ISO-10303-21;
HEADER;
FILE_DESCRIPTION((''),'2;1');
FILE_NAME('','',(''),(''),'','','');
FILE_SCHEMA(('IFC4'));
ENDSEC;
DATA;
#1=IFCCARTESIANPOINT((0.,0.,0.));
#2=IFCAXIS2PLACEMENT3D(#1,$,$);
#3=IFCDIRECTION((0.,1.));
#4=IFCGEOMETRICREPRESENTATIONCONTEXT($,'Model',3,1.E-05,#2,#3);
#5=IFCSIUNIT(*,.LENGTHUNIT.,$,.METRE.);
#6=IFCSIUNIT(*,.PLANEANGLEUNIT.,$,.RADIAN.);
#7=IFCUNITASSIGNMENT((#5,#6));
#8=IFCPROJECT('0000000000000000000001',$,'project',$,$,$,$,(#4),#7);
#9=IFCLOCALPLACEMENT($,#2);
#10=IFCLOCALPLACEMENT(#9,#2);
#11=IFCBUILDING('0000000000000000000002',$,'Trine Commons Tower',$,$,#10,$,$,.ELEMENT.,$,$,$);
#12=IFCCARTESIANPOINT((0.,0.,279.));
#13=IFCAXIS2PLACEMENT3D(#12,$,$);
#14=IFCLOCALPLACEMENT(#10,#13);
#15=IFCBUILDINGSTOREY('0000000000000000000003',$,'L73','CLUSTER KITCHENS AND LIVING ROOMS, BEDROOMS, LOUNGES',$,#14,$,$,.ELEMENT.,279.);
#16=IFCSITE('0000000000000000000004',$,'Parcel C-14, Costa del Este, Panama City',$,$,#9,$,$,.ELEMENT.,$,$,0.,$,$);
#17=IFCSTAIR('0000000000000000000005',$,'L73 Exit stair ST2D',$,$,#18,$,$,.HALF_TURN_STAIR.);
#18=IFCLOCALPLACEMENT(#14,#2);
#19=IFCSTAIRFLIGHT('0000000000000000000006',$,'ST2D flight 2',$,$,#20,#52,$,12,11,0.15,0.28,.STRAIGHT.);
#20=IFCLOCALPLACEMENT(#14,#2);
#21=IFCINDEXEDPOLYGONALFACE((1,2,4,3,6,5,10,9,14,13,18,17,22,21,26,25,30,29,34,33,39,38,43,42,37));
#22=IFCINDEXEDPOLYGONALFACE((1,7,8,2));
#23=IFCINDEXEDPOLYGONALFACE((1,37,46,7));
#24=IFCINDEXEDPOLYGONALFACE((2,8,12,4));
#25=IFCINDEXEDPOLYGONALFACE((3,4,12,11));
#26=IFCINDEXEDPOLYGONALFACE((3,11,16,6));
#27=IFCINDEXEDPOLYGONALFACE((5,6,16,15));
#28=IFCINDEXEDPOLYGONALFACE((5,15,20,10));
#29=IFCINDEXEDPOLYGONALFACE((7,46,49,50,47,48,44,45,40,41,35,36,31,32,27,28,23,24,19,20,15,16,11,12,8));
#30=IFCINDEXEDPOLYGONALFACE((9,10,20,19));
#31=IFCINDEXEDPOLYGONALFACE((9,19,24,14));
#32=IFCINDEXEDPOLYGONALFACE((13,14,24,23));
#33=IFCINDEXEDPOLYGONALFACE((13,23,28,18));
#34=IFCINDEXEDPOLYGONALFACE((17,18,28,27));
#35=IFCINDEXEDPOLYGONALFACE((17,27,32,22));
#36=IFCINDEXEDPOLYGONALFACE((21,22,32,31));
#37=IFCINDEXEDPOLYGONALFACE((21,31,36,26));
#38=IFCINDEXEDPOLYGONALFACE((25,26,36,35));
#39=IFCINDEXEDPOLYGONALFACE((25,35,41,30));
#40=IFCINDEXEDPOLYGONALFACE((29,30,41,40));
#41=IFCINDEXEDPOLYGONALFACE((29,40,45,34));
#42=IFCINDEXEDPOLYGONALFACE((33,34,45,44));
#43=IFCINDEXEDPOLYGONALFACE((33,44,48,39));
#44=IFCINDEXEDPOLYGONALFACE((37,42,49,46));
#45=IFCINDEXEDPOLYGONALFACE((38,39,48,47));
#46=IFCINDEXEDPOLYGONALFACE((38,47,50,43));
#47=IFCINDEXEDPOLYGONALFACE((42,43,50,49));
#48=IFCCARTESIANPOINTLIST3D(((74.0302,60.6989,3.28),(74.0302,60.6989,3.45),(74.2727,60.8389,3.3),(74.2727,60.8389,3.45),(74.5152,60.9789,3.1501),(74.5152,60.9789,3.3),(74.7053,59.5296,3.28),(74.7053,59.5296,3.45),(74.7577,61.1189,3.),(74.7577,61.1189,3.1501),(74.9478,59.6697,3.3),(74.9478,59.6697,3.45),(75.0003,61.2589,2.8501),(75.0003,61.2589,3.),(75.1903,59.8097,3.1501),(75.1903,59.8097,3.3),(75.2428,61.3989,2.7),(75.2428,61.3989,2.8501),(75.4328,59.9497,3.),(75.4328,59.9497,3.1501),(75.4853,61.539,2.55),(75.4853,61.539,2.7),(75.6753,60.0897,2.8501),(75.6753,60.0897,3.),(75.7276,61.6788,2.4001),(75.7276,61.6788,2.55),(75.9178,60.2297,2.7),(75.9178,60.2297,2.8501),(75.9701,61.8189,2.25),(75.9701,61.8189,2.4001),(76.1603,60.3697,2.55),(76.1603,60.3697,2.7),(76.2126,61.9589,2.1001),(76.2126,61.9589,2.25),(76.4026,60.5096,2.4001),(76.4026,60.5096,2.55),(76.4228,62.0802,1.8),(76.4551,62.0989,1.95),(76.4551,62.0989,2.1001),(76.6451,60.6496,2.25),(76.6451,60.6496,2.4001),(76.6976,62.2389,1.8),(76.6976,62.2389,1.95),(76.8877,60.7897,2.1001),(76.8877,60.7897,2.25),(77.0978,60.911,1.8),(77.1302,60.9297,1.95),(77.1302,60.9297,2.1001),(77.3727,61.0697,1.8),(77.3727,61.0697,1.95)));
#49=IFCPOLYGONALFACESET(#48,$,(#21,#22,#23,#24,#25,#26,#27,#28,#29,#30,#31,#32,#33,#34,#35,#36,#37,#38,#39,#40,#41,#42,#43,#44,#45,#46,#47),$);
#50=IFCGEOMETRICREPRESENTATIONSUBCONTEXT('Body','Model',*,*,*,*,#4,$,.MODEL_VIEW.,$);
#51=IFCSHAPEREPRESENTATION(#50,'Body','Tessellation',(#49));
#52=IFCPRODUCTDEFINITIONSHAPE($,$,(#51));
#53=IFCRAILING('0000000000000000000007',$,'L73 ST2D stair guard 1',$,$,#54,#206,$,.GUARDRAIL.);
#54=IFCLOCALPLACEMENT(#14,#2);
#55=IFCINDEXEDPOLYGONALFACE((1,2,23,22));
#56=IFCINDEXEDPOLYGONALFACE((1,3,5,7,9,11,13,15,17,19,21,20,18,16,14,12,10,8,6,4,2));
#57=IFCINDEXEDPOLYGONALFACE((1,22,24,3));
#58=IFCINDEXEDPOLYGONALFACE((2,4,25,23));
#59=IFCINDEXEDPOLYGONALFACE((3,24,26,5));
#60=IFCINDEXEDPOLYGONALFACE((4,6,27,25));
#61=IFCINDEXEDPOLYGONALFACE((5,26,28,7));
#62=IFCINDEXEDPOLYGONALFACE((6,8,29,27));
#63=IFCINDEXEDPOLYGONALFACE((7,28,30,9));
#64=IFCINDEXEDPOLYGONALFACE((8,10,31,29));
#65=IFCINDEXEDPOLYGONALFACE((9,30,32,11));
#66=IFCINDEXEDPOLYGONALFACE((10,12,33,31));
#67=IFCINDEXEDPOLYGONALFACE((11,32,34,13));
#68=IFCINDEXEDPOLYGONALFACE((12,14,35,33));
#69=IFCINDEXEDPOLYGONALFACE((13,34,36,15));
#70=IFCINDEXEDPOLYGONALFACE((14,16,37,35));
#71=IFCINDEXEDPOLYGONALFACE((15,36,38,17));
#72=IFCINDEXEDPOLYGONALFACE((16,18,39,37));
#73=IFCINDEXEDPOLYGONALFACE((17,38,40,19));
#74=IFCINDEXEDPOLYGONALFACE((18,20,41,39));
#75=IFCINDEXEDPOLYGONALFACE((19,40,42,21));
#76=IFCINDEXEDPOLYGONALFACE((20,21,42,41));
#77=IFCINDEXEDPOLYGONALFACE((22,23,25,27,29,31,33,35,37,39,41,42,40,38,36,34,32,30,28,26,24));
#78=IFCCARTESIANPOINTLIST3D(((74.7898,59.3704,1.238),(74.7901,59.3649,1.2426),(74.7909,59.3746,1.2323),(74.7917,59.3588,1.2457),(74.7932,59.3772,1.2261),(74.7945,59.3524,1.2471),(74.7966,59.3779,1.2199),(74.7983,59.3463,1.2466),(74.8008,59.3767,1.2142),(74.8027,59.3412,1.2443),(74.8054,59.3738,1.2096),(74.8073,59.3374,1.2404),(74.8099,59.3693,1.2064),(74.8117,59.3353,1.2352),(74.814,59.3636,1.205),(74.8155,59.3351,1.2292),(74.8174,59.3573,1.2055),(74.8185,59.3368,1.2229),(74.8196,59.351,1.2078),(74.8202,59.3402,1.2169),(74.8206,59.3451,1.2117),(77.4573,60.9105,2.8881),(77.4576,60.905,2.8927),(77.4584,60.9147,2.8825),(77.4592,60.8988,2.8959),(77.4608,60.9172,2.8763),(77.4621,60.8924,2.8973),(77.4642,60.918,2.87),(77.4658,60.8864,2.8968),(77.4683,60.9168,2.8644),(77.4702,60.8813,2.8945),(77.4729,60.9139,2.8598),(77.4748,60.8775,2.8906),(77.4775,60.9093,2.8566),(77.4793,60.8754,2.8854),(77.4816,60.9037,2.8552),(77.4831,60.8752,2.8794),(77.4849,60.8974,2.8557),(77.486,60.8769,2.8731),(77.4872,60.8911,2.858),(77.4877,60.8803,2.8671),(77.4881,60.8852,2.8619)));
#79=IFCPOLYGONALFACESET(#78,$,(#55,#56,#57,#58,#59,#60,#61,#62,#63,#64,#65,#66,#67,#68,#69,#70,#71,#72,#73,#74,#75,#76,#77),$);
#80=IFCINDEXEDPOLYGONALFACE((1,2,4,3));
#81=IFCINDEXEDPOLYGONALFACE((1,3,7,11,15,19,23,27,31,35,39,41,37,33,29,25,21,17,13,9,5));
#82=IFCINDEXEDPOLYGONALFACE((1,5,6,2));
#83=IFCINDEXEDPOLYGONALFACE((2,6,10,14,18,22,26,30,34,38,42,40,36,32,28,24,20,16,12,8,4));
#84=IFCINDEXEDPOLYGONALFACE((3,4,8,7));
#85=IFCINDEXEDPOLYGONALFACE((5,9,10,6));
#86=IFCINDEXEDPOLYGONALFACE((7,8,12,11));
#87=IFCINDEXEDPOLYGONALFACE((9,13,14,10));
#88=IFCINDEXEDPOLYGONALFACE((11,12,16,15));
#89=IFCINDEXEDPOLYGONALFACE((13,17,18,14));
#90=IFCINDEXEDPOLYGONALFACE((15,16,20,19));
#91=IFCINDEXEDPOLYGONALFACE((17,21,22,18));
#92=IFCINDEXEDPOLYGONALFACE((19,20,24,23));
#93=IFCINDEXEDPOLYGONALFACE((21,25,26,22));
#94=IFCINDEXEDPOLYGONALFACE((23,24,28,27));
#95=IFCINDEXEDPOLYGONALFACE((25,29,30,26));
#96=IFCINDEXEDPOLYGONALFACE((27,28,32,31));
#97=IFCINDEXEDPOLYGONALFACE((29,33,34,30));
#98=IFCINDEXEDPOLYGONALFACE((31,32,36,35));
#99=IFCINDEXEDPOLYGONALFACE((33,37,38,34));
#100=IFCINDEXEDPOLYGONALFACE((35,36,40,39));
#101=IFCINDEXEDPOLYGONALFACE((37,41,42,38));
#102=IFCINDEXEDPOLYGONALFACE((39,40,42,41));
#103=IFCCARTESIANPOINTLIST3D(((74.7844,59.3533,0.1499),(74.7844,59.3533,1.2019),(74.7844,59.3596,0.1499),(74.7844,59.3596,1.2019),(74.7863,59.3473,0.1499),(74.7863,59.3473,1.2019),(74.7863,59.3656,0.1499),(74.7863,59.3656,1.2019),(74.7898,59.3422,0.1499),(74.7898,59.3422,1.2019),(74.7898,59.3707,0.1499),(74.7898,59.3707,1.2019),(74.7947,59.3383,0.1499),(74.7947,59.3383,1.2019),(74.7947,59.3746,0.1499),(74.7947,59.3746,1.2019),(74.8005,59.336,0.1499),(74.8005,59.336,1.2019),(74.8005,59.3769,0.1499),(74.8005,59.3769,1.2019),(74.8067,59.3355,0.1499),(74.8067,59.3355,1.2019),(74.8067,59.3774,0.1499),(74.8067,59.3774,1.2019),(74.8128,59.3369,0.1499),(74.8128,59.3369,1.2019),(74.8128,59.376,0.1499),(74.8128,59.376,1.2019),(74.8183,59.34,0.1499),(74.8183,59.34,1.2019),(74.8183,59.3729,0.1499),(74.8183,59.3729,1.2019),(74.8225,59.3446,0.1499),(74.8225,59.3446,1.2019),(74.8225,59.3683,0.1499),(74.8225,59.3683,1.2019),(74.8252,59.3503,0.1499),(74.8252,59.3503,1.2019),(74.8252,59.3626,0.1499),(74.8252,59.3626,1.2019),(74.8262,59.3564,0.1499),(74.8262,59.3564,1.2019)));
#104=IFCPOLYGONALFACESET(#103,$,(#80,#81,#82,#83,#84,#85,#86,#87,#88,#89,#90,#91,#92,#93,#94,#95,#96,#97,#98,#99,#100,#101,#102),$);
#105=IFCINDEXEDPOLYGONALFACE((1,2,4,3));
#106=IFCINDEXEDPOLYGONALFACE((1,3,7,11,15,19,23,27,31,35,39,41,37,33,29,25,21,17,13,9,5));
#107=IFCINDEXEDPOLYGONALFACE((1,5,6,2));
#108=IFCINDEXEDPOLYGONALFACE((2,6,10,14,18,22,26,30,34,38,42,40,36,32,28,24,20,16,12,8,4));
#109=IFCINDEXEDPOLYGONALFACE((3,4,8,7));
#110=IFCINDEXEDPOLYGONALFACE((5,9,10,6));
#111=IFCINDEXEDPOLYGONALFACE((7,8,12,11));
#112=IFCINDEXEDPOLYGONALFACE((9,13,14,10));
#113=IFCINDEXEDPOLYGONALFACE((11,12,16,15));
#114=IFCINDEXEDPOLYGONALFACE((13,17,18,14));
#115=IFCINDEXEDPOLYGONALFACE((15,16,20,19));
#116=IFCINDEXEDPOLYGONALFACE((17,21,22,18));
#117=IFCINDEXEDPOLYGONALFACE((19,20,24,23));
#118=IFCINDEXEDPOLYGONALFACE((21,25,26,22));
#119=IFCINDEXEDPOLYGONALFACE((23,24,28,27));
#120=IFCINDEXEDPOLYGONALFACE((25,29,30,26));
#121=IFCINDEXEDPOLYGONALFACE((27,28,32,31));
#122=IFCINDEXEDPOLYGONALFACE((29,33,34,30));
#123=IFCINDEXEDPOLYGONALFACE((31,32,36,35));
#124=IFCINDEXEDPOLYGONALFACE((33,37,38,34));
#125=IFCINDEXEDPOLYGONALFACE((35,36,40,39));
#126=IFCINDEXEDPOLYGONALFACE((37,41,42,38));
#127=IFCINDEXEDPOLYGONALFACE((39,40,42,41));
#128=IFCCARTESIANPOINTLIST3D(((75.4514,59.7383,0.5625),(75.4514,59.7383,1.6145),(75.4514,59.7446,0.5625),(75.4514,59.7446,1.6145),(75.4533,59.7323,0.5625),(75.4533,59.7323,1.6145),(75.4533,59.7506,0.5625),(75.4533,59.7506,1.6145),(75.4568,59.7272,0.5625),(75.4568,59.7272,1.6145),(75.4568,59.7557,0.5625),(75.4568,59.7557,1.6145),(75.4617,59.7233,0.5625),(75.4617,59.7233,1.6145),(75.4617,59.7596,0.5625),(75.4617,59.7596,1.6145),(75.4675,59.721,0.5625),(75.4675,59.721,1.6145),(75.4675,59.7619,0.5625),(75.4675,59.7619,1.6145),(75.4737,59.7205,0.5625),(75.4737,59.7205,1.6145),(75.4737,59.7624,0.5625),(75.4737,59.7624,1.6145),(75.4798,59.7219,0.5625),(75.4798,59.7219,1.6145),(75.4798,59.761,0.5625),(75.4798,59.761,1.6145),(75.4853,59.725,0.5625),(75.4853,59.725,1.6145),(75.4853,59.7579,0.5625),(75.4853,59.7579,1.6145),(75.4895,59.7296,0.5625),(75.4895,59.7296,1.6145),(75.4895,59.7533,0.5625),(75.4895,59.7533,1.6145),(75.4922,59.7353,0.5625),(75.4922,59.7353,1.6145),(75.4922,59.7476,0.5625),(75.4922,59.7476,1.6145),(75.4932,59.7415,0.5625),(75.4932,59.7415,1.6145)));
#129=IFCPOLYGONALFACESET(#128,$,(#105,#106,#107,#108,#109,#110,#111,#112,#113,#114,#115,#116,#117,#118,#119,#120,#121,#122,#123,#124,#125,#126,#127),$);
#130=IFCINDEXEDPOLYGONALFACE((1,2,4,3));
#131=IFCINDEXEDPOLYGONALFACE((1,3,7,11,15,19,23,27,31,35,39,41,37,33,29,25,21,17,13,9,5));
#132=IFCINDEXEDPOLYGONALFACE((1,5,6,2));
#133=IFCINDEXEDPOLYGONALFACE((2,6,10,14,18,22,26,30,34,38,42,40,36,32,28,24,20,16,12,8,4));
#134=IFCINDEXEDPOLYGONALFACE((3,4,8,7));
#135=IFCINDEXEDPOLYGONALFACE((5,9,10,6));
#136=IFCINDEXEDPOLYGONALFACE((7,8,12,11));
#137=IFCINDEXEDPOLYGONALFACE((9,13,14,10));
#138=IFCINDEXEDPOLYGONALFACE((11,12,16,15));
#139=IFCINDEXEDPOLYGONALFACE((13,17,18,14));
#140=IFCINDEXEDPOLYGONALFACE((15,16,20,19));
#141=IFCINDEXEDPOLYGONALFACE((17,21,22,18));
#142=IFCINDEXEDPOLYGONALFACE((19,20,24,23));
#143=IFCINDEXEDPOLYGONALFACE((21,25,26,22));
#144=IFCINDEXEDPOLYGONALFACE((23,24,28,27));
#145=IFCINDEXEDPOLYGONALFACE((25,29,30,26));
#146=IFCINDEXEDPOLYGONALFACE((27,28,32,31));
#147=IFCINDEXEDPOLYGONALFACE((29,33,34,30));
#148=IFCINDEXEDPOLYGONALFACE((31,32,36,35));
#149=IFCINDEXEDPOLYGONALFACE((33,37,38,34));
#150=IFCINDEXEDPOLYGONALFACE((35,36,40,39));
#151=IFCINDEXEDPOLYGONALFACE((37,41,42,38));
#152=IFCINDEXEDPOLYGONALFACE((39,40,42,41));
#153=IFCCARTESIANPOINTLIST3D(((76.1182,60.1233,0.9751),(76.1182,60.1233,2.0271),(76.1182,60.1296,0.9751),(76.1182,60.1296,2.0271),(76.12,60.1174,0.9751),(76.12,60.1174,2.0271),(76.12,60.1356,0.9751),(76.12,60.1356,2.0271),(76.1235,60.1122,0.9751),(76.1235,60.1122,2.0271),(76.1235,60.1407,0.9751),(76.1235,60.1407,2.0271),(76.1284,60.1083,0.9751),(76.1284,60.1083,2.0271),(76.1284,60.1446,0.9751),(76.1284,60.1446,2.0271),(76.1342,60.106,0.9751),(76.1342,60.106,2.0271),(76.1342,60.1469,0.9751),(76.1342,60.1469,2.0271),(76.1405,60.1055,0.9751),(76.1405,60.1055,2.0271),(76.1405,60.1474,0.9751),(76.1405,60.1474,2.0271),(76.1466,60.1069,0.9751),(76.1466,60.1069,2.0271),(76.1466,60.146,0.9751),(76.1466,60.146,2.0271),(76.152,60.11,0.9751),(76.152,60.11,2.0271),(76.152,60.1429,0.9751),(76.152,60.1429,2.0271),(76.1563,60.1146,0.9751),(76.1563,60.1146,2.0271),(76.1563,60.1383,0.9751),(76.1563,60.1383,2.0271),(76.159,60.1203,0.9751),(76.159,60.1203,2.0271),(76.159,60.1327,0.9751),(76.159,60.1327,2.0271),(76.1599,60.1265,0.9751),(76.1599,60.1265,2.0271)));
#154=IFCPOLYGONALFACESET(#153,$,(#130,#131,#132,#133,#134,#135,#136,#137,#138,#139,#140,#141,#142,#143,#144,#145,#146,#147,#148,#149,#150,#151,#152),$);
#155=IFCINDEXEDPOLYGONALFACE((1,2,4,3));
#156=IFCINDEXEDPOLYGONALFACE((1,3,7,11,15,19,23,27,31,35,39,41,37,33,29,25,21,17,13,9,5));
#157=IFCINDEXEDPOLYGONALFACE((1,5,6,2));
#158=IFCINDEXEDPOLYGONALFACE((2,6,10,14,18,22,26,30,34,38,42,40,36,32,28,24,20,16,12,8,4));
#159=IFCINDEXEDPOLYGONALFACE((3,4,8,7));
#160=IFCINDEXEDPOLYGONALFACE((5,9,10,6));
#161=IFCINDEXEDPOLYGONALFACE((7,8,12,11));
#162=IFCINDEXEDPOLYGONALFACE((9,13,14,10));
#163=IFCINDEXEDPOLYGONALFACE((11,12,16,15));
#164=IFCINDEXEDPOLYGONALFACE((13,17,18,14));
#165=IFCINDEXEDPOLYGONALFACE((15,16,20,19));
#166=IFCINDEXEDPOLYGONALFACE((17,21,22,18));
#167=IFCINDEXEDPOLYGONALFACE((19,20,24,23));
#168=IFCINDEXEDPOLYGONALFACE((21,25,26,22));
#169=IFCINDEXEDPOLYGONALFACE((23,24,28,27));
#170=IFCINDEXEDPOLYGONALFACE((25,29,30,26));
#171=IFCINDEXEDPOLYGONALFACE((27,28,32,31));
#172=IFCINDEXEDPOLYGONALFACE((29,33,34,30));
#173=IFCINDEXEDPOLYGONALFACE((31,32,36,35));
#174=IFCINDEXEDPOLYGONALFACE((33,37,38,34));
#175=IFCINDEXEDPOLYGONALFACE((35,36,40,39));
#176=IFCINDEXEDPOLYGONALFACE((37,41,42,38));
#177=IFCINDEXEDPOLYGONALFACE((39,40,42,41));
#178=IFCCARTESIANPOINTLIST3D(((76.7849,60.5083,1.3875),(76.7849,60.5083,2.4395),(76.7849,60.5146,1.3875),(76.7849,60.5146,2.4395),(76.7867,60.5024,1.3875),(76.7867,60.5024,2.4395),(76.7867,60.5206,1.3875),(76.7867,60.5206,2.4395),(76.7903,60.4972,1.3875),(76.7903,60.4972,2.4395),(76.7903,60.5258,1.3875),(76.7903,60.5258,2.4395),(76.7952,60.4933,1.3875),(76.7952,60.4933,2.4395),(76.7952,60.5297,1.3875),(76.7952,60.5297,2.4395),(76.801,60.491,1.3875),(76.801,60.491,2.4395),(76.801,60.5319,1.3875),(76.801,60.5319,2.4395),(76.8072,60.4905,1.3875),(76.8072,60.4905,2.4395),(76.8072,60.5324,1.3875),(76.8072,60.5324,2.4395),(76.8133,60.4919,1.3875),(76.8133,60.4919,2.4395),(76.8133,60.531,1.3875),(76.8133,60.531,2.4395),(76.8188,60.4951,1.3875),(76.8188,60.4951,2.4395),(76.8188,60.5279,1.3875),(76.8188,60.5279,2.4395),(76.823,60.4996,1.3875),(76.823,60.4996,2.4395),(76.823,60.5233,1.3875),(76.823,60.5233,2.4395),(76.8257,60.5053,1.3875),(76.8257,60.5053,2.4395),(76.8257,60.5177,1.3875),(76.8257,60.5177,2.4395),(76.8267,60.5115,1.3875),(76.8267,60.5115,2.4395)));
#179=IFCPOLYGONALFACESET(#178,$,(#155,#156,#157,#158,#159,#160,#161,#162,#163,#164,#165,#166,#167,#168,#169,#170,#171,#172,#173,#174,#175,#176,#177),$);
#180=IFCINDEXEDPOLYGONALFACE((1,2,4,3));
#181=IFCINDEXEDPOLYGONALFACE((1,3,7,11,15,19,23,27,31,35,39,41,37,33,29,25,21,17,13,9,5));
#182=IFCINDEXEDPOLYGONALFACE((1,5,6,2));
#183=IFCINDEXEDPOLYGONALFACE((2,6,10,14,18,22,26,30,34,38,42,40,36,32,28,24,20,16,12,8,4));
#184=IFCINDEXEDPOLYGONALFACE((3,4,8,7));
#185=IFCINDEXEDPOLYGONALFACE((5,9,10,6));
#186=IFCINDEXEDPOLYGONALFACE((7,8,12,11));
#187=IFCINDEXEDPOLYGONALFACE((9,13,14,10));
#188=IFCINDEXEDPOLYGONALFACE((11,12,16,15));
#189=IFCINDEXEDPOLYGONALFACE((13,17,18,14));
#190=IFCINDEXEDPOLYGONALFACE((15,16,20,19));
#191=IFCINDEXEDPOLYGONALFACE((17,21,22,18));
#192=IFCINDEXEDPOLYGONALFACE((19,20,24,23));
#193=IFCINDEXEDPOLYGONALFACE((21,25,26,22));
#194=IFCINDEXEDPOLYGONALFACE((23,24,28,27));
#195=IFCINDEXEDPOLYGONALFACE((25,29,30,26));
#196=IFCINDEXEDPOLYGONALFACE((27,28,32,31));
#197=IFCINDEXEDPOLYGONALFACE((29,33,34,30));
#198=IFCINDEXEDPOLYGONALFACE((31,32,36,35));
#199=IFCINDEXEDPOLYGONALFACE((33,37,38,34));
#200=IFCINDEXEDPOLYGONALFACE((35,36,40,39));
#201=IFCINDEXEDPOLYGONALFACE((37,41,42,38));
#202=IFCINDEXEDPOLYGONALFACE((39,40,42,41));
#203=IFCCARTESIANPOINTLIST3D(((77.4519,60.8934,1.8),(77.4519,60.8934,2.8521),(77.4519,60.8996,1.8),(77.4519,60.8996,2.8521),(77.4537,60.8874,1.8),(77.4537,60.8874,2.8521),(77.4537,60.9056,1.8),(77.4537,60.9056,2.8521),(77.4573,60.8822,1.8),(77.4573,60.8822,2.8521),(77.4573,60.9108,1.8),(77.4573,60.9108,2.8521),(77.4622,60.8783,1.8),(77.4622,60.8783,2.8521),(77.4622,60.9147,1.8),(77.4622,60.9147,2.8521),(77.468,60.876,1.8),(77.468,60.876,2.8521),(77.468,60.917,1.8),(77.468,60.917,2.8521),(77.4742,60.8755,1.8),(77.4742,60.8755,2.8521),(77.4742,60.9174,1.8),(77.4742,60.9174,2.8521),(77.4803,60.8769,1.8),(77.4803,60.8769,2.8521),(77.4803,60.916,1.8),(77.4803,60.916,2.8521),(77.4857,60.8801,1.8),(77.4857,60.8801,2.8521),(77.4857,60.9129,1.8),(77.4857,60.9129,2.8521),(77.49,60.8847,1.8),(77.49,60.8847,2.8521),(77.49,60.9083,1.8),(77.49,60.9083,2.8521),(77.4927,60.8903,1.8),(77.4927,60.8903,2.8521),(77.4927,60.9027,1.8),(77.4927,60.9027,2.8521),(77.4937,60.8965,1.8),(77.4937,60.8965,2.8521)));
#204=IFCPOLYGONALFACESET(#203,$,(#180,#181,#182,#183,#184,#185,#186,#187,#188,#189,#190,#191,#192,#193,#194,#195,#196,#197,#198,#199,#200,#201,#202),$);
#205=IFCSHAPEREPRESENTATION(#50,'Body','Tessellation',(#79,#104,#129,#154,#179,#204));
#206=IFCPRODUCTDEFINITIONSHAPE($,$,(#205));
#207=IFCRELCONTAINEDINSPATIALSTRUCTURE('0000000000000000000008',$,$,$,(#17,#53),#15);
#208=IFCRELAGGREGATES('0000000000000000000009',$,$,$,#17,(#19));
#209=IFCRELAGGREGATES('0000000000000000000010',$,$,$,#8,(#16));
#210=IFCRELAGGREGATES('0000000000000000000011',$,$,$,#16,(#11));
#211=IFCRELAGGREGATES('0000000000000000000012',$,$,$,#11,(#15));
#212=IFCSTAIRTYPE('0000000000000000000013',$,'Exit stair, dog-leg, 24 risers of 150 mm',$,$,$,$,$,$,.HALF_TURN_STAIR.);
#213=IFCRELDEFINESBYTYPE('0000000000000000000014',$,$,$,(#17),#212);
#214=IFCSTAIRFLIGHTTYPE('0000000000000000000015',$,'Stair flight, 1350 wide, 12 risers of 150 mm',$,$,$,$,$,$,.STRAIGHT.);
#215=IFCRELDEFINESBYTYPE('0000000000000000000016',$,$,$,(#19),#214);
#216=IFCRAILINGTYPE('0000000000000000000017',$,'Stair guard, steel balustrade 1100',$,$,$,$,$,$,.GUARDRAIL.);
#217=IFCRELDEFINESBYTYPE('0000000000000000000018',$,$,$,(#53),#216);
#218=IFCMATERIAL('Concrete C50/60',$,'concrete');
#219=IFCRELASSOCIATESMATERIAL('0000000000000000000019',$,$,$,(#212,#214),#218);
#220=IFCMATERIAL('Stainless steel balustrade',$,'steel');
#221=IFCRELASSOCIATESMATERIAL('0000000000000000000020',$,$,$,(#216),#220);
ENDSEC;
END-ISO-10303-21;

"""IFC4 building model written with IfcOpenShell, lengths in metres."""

from ifc_helpers import new_model, si_unit, direction, frame, origin, origin_2d, place, context, subcontext, project, spatial, polyline, circle, outline, extrude, material, type_object, element, aggregate, save


model = new_model("IFC4")

# Units and contexts
model_context = context("Model", 3, precision=1e-05, world=origin(), true_north=direction((0.0, 1.0)))
body_context = subcontext(model_context, "Body", "Model", "MODEL_VIEW")
ifc_project = project(units=[si_unit("LENGTHUNIT", "METRE"), si_unit("PLANEANGLEUNIT", "RADIAN")], contexts=[model_context])

# Site, building, storey
site_placement = place(None, origin())
site = spatial("IfcSite", under=ifc_project, at=site_placement, Name="Parcel C-14, Costa del Este, Panama City", CompositionType="ELEMENT", RefElevation=0.0)
building_placement = place(site_placement, origin())
building = spatial("IfcBuilding", under=site, at=building_placement, Name="Trine Commons Tower", CompositionType="ELEMENT")
storey_placement = place(building_placement, frame((0.0, 0.0, 279.0)))
storey = spatial("IfcBuildingStorey", under=building, at=storey_placement, Name="L73", Description="CLUSTER KITCHENS AND LIVING ROOMS, BEDROOMS, LOUNGES", CompositionType="ELEMENT", Elevation=279.0)

# Shared definitions
ifc_material_1 = material(Name="Concrete C50/60", Category="concrete")

# Stair, stair flight
stair_type = type_object("IfcStairType", Name="Exit stair, dog-leg, 24 risers of 150 mm", PredefinedType="HALF_TURN_STAIR", material=ifc_material_1)
stair_placement = place(storey_placement, origin())
stair = element("IfcStair", 1, at=stair_placement, inside=storey, type_object=stair_type, Name="L73 Exit stair ST2D", PredefinedType="HALF_TURN_STAIR")
stair_flight_type = type_object("IfcStairFlightType", Name="Stair flight, 1350 wide, 12 risers of 150 mm", PredefinedType="STRAIGHT", material=ifc_material_1)
stair_flight_1_placement = place(storey_placement, frame((77.0352, 61.6543, 1.8), z_axis=(0.0, 0.0, 1.0), x_axis=(-0.866025, -0.5, 0.0)))
stair_flight_1 = element("IfcStairFlight", 2, at=stair_flight_1_placement, type_object=stair_flight_type, Name="ST2D flight 2", NumberOfRisers=12, NumberOfTreads=11, PredefinedType="STRAIGHT", RiserHeight=0.15, TreadLength=0.28, context=body_context, shape_type="SweptSolid", body=[
    extrude(outline(polyline([(0.0, 0.0), (0.0, 0.1499), (0.28, 0.1499), (0.28, 0.3), (0.5601, 0.3), (0.5601, 0.45), (0.8401, 0.45), (0.8401, 0.6001), (1.1201, 0.6001), (1.1201, 0.75), (1.3999, 0.75), (1.3999, 0.8999), (1.6799, 0.8999), (1.6799, 1.05), (1.96, 1.05), (1.96, 1.2), (2.24, 1.2), (2.24, 1.3501), (2.52, 1.3501), (2.52, 1.5), (2.8, 1.5), (2.8, 1.6499), (3.0801, 1.6499), (3.0801, 1.8), (3.0801, 1.48), (0.3174, 0.0), (0.0, 0.0)])), frame((0.0, 0.675, 0.0), z_axis=(0.0, -1.0, 0.0), x_axis=(1.0, 0.0, 0.0)), (0.0, 0.0, 1.0), 1.3501),
])
aggregate(stair, [stair_flight_1])

# Railing
ifc_material_2 = material(Name="Stainless steel balustrade", Category="steel")
railing_type_1 = type_object("IfcRailingType", Name="Stair guard, steel balustrade 1100", PredefinedType="GUARDRAIL", material=ifc_material_2)
railing_1_placement = place(storey_placement, frame((74.8052, 59.3564, 0.1499)))
element("IfcRailing", 3, at=railing_1_placement, inside=storey, type_object=railing_type_1, Name="L73 ST2D stair guard 1", PredefinedType="GUARDRAIL", context=body_context, shape_type="SweptSolid", body=[
    extrude(circle(Radius=0.0239, at=origin_2d()), frame((0.0, 0.0, 1.0762), z_axis=(0.76338, 0.440728, 0.472239), x_axis=(-0.499992, 0.86603, 0.0)), (0.0, 0.0, 1.0), 3.4944),
    extrude(circle(Radius=0.021, at=origin_2d()), origin(), (0.0, 0.0, 1.0), 1.052),
    extrude(circle(Radius=0.021, at=origin_2d()), frame((0.667, 0.385, 0.4126)), (0.0, 0.0, 1.0), 1.052),
    extrude(circle(Radius=0.021, at=origin_2d()), frame((1.3337, 0.77, 0.8252)), (0.0, 0.0, 1.0), 1.052),
    extrude(circle(Radius=0.021, at=origin_2d()), frame((2.0005, 1.155, 1.2375)), (0.0, 0.0, 1.0), 1.052),
    extrude(circle(Radius=0.021, at=origin_2d()), frame((2.6675, 1.54, 1.6501)), (0.0, 0.0, 1.0), 1.052),
])

save(model, "model.ifc")
